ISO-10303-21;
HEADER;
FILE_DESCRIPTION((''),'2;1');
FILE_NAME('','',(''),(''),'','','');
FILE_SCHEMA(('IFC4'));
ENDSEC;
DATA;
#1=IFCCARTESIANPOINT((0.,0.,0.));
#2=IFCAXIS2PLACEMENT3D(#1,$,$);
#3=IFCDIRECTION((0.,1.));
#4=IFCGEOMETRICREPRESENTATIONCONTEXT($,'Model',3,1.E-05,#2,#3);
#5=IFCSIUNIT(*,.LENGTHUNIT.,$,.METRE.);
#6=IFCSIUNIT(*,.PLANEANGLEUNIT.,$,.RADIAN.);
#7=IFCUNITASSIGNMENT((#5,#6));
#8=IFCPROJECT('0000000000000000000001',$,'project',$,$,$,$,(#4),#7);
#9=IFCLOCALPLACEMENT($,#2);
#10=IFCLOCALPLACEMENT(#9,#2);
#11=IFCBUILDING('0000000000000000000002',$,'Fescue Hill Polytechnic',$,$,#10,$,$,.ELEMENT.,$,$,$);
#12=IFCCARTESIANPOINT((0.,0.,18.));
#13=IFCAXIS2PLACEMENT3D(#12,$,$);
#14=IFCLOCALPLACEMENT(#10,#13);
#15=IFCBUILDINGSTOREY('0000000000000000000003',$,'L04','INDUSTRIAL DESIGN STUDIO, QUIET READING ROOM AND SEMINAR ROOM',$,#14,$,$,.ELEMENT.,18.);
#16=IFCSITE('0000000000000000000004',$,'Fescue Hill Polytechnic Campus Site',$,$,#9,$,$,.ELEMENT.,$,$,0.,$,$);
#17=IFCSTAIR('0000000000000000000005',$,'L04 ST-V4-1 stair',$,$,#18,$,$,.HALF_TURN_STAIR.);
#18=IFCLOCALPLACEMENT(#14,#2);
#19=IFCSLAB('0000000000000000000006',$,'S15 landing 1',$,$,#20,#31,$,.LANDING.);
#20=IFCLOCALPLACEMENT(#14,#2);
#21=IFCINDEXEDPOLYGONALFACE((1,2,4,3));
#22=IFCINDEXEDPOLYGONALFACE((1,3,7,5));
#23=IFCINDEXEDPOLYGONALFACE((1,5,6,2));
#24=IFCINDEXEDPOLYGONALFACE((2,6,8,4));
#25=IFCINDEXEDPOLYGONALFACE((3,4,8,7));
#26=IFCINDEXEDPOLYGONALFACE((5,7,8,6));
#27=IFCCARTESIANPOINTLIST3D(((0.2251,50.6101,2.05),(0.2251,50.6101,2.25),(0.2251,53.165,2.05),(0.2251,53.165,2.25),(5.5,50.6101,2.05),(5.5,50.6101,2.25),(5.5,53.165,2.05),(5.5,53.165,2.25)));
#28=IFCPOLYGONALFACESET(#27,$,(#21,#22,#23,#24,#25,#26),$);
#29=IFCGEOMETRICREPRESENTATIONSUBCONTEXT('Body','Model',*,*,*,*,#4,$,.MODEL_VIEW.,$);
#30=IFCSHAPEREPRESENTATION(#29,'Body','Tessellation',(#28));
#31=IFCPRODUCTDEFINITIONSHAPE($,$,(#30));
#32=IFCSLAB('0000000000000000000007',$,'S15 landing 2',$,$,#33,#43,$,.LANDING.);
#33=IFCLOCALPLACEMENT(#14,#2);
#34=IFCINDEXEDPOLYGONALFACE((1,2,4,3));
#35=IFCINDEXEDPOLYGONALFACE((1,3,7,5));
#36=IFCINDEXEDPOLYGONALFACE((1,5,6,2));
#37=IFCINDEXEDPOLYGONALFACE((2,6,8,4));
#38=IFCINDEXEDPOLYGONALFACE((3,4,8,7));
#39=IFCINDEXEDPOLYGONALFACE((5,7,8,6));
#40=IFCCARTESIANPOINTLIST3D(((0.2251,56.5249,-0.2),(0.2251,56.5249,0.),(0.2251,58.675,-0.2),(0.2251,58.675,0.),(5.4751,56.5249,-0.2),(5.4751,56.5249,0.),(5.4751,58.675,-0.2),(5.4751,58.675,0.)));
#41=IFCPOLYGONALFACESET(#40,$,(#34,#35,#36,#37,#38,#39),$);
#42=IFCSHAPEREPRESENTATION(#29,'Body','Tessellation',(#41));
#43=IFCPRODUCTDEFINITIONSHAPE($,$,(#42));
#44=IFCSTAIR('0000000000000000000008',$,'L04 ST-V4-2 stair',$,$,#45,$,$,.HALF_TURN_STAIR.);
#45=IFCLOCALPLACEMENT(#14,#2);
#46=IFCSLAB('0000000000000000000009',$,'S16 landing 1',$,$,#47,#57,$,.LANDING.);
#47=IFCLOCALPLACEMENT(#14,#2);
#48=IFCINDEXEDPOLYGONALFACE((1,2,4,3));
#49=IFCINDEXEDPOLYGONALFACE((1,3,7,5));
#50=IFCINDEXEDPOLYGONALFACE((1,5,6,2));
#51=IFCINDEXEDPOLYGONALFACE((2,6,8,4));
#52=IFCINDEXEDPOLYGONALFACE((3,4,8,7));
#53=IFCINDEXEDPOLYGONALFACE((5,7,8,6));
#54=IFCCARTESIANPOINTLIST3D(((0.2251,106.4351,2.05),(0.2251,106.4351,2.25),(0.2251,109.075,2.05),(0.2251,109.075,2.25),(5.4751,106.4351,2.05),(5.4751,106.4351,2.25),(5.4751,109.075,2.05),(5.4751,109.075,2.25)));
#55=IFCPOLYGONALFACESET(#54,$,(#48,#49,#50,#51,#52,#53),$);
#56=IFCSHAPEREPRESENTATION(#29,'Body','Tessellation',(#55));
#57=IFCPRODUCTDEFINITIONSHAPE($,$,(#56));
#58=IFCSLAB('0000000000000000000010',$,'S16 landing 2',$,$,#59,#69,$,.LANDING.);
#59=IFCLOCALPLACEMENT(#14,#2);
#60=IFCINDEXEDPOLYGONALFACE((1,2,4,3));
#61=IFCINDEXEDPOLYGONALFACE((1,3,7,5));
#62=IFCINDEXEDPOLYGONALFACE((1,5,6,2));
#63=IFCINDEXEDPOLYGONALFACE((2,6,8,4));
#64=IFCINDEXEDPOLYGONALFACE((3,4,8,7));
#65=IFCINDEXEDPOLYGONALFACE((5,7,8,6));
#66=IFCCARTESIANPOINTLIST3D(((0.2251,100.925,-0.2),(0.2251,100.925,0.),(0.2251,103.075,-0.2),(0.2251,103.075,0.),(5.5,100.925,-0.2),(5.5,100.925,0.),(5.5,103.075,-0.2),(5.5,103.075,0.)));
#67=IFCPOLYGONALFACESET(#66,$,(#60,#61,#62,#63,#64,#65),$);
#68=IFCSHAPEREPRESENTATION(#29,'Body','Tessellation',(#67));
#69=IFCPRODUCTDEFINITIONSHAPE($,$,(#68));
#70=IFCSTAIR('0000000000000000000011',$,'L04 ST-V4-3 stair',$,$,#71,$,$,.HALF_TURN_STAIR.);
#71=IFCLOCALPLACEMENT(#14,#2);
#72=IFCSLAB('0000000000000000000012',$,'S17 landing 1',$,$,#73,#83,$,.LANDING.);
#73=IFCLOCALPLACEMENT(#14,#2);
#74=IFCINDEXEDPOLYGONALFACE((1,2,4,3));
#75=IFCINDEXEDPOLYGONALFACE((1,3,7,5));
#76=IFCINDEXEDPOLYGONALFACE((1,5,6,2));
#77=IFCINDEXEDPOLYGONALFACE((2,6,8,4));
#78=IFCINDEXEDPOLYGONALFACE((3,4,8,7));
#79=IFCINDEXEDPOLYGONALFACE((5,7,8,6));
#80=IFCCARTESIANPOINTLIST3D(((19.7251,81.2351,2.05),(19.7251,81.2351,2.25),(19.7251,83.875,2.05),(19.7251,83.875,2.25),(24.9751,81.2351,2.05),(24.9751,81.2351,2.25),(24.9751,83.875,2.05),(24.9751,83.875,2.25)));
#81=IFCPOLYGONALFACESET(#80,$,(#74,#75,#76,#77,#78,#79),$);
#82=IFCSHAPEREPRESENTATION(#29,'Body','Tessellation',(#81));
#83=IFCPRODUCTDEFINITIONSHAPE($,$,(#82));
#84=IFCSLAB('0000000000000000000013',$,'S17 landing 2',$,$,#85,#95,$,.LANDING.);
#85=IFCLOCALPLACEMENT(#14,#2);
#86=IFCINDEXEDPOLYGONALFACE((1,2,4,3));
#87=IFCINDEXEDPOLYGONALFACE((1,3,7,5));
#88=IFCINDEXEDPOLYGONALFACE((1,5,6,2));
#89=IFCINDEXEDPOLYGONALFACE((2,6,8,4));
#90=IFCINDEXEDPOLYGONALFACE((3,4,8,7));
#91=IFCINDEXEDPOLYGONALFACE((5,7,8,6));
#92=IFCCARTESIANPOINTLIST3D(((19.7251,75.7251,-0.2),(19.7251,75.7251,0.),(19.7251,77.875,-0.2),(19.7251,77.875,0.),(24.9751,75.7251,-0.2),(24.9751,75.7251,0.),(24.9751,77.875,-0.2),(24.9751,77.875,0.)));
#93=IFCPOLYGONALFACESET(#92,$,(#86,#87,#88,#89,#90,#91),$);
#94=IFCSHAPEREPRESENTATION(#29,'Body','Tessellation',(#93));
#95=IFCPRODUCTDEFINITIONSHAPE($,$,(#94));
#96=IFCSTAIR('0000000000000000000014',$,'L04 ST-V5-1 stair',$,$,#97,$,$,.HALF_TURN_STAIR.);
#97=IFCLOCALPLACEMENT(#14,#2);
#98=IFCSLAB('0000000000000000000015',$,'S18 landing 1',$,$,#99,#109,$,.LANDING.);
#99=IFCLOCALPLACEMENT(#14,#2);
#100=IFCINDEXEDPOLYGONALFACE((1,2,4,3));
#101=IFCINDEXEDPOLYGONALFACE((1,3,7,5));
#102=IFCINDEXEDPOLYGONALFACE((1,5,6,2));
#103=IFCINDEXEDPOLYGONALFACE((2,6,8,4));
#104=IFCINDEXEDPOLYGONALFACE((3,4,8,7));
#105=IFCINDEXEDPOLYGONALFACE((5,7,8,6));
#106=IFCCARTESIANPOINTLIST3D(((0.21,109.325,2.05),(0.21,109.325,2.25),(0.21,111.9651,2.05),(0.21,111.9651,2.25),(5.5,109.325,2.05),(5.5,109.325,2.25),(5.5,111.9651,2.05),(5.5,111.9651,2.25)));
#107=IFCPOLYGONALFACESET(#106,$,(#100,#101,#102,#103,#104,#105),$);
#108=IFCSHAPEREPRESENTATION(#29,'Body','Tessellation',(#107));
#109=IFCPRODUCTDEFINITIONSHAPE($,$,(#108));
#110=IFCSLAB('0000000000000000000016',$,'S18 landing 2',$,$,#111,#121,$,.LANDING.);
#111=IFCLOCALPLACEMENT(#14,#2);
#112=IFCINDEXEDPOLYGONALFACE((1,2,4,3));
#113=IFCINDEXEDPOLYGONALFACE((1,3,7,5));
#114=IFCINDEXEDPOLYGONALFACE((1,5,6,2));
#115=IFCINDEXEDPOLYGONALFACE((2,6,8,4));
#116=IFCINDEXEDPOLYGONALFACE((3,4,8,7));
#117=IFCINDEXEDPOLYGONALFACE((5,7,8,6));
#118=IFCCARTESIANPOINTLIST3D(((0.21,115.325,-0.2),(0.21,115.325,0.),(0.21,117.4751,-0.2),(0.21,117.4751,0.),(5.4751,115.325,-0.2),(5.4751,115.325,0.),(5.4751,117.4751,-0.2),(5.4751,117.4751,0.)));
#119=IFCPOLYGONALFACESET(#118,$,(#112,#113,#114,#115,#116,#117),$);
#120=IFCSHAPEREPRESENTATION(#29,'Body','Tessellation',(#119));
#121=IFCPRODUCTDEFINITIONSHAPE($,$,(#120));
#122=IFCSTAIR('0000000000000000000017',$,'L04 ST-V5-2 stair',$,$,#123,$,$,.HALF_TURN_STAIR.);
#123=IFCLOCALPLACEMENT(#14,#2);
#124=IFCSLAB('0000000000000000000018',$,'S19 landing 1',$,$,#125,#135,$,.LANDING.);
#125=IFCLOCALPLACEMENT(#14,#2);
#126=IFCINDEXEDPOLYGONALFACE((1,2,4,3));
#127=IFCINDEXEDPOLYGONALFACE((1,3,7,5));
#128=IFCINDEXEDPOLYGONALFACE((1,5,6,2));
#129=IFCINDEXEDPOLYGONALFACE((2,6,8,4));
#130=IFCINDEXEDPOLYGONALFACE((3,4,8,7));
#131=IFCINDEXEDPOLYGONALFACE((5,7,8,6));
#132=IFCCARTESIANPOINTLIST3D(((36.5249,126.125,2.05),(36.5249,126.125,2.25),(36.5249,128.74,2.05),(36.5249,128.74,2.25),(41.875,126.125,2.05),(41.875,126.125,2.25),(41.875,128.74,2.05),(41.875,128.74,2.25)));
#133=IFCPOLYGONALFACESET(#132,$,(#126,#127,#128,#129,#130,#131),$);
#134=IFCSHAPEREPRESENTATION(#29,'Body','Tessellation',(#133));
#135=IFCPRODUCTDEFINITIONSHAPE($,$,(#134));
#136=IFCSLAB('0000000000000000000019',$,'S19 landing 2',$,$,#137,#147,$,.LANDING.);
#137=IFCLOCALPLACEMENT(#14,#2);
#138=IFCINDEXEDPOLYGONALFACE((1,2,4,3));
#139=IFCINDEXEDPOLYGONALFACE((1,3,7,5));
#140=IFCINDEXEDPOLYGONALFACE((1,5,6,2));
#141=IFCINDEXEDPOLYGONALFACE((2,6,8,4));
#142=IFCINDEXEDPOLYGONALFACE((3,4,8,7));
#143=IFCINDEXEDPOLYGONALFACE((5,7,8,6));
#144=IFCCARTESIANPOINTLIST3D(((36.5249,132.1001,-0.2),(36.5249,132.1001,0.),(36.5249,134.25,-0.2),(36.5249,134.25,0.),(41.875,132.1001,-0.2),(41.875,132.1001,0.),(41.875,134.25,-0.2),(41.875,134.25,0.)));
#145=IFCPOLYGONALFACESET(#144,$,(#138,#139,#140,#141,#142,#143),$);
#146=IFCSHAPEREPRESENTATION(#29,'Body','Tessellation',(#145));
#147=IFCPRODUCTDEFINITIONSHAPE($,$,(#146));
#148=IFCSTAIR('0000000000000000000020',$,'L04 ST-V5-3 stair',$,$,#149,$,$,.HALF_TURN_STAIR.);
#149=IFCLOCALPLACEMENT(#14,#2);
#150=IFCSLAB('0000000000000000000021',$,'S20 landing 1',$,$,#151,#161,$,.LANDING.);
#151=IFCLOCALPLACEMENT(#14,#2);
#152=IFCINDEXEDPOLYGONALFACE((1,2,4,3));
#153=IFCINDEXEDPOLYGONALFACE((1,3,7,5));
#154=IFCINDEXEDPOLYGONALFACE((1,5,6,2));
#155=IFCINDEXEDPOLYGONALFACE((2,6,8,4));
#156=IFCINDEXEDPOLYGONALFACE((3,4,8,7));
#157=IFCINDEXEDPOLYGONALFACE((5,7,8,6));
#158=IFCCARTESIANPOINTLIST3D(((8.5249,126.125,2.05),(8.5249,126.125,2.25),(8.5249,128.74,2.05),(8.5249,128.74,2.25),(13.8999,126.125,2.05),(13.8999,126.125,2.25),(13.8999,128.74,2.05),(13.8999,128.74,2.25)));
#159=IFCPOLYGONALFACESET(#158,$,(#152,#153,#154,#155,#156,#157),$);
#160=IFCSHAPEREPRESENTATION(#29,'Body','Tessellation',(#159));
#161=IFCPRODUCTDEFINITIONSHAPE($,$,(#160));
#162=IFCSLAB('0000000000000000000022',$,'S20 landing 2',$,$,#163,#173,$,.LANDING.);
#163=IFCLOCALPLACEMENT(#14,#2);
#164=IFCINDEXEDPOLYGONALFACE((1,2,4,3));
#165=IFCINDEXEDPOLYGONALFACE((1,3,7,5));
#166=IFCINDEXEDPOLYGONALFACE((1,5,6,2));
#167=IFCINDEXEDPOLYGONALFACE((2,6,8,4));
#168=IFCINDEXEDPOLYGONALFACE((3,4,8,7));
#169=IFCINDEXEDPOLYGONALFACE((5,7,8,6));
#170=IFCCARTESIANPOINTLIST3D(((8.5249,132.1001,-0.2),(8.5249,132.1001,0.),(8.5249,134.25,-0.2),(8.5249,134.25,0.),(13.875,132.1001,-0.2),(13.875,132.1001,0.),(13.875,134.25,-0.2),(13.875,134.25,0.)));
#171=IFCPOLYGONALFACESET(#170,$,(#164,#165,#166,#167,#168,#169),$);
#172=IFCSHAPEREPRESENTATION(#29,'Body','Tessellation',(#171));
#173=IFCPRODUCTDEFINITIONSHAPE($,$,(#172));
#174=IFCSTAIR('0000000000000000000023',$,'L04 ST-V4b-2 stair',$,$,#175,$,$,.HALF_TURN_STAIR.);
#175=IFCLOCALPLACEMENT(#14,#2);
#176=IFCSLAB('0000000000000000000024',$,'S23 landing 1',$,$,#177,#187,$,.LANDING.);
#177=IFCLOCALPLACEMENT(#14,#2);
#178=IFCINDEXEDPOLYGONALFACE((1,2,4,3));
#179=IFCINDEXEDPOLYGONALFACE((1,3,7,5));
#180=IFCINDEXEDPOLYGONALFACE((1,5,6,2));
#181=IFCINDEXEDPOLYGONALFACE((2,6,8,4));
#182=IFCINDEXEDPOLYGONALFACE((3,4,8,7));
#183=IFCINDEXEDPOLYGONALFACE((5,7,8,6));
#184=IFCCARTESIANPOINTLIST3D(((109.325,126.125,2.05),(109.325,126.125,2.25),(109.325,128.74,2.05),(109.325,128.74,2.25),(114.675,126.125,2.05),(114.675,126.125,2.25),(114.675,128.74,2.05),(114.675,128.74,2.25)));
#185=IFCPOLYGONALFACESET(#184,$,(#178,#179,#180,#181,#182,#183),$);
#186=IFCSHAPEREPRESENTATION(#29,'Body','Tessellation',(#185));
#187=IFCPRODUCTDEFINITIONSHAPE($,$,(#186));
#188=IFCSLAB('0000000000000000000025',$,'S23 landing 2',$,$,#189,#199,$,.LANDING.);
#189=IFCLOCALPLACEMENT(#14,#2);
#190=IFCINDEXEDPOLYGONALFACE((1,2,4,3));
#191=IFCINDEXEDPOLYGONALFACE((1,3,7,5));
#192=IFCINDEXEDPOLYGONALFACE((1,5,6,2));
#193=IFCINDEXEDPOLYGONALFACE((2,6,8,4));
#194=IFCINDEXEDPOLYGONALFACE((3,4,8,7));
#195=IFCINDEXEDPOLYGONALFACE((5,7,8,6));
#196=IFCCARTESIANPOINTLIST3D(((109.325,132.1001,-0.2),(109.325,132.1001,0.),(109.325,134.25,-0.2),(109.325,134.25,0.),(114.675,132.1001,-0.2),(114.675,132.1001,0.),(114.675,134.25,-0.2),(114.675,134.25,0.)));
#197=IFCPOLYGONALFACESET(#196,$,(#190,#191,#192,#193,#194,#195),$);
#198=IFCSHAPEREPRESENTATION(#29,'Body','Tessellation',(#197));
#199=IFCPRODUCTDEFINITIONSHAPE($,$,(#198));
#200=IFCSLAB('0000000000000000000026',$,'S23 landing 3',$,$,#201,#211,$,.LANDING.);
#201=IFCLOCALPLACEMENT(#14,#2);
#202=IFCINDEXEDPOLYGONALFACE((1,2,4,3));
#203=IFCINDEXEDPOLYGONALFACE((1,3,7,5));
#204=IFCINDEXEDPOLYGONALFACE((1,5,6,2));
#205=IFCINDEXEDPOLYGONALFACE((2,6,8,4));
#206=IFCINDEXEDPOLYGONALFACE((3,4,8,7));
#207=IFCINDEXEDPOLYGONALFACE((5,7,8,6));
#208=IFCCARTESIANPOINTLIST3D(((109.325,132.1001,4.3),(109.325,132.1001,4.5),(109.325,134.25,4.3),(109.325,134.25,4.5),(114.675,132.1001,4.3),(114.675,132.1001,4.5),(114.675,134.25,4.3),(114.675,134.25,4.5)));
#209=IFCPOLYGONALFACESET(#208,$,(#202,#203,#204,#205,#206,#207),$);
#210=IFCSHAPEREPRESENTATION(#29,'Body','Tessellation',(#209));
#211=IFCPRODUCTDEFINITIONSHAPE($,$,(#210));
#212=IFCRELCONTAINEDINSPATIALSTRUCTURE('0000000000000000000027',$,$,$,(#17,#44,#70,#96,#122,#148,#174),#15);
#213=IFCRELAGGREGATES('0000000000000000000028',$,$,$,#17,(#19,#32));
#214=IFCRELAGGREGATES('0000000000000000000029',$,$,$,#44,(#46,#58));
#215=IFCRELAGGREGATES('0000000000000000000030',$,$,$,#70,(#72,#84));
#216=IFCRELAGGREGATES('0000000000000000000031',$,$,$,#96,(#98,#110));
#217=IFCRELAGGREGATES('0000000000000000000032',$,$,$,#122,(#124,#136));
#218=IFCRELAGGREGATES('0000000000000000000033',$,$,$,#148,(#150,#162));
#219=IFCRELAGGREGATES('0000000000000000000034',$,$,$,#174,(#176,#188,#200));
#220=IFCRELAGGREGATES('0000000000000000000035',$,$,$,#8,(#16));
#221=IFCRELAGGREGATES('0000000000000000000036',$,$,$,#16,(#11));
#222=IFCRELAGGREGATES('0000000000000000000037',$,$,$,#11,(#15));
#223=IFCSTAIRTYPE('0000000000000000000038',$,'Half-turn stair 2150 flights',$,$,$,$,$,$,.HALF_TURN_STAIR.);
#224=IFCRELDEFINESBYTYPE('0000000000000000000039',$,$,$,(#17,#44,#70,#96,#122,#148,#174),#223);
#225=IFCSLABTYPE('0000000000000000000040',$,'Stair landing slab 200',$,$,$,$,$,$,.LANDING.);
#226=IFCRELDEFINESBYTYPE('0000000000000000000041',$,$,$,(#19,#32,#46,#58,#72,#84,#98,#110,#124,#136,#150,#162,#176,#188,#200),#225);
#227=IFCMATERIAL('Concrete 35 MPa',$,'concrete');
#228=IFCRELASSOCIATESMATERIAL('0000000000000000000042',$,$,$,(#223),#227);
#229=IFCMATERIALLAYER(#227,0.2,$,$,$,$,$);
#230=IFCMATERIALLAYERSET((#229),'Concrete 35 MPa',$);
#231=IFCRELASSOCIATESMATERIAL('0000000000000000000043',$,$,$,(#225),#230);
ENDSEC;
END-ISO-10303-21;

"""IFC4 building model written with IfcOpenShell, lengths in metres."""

from ifc_helpers import new_model, si_unit, direction, frame, origin, place, context, subcontext, project, spatial, polyline, outline, extrude, material, layer, layer_set, type_object, element, aggregate, save


model = new_model("IFC4")

# Units and contexts
model_context = context("Model", 3, precision=1e-05, world=origin(), true_north=direction((0.0, 1.0)))
body_context = subcontext(model_context, "Body", "Model", "MODEL_VIEW")
ifc_project = project(units=[si_unit("LENGTHUNIT", "METRE"), si_unit("PLANEANGLEUNIT", "RADIAN")], contexts=[model_context])

# Site, building, storey
site_placement = place(None, origin())
site = spatial("IfcSite", under=ifc_project, at=site_placement, Name="Fescue Hill Polytechnic Campus Site", CompositionType="ELEMENT", RefElevation=0.0)
building_placement = place(site_placement, origin())
building = spatial("IfcBuilding", under=site, at=building_placement, Name="Fescue Hill Polytechnic", CompositionType="ELEMENT")
storey_placement = place(building_placement, frame((0.0, 0.0, 18.0)))
storey = spatial("IfcBuildingStorey", under=building, at=storey_placement, Name="L04", Description="INDUSTRIAL DESIGN STUDIO, QUIET READING ROOM AND SEMINAR ROOM", CompositionType="ELEMENT", Elevation=18.0)

# Shared definitions
ifc_material_1 = material(Name="Concrete 35 MPa", Category="concrete")

# Stairs, slabs
stair_type = type_object("IfcStairType", Name="Half-turn stair 2150 flights", PredefinedType="HALF_TURN_STAIR", material=ifc_material_1)
stair_1_placement = place(storey_placement, origin())
stair_1 = element("IfcStair", 1, at=stair_1_placement, inside=storey, type_object=stair_type, Name="L04 ST-V4-1 stair", PredefinedType="HALF_TURN_STAIR")
ifc_layer_1 = layer(ifc_material_1, 0.2)
ifc_layer_set_1 = layer_set([ifc_layer_1], Name="Concrete 35 MPa")
slab_type_1 = type_object("IfcSlabType", Name="Stair landing slab 200", PredefinedType="LANDING", material=ifc_layer_set_1)
slab_1_placement = place(storey_placement, frame((0.0, 0.0, 2.05)))
slab_1 = element("IfcSlab", 2, at=slab_1_placement, type_object=slab_type_1, Name="S15 landing 1", PredefinedType="LANDING", context=body_context, shape_type="SweptSolid", body=[
    extrude(outline(polyline([(0.2251, 50.6101), (5.5, 50.6101), (5.5, 53.165), (0.2251, 53.165), (0.2251, 50.6101)])), origin(), (0.0, 0.0, 1.0), 0.2),
])
slab_2_placement = place(storey_placement, frame((0.0, 0.0, -0.2)))
slab_2 = element("IfcSlab", 3, at=slab_2_placement, type_object=slab_type_1, Name="S15 landing 2", PredefinedType="LANDING", context=body_context, shape_type="SweptSolid", body=[
    extrude(outline(polyline([(0.2251, 56.5249), (5.4751, 56.5249), (5.4751, 58.675), (0.2251, 58.675), (0.2251, 56.5249)])), origin(), (0.0, 0.0, 1.0), 0.2),
])
aggregate(stair_1, [slab_1, slab_2])
stair_2_placement = place(storey_placement, origin())
stair_2 = element("IfcStair", 4, at=stair_2_placement, inside=storey, type_object=stair_type, Name="L04 ST-V4-2 stair", PredefinedType="HALF_TURN_STAIR")
slab_3_placement = place(storey_placement, frame((0.0, 0.0, 2.05)))
slab_3 = element("IfcSlab", 5, at=slab_3_placement, type_object=slab_type_1, Name="S16 landing 1", PredefinedType="LANDING", context=body_context, shape_type="SweptSolid", body=[
    extrude(outline(polyline([(0.2251, 106.4351), (5.4751, 106.4351), (5.4751, 109.075), (0.2251, 109.075), (0.2251, 106.4351)])), origin(), (0.0, 0.0, 1.0), 0.2),
])
slab_4_placement = place(storey_placement, frame((0.0, 0.0, -0.2)))
slab_4 = element("IfcSlab", 6, at=slab_4_placement, type_object=slab_type_1, Name="S16 landing 2", PredefinedType="LANDING", context=body_context, shape_type="SweptSolid", body=[
    extrude(outline(polyline([(0.2251, 100.925), (5.5, 100.925), (5.5, 103.075), (0.2251, 103.075), (0.2251, 100.925)])), origin(), (0.0, 0.0, 1.0), 0.2),
])
aggregate(stair_2, [slab_3, slab_4])
stair_3_placement = place(storey_placement, origin())
stair_3 = element("IfcStair", 7, at=stair_3_placement, inside=storey, type_object=stair_type, Name="L04 ST-V4-3 stair", PredefinedType="HALF_TURN_STAIR")
slab_5_placement = place(storey_placement, frame((0.0, 0.0, 2.05)))
slab_5 = element("IfcSlab", 8, at=slab_5_placement, type_object=slab_type_1, Name="S17 landing 1", PredefinedType="LANDING", context=body_context, shape_type="SweptSolid", body=[
    extrude(outline(polyline([(19.7251, 81.2351), (24.9751, 81.2351), (24.9751, 83.875), (19.7251, 83.875), (19.7251, 81.2351)])), origin(), (0.0, 0.0, 1.0), 0.2),
])
slab_6_placement = place(storey_placement, frame((0.0, 0.0, -0.2)))
slab_6 = element("IfcSlab", 9, at=slab_6_placement, type_object=slab_type_1, Name="S17 landing 2", PredefinedType="LANDING", context=body_context, shape_type="SweptSolid", body=[
    extrude(outline(polyline([(19.7251, 75.7251), (24.9751, 75.7251), (24.9751, 77.875), (19.7251, 77.875), (19.7251, 75.7251)])), origin(), (0.0, 0.0, 1.0), 0.2),
])
aggregate(stair_3, [slab_5, slab_6])
stair_4_placement = place(storey_placement, origin())
stair_4 = element("IfcStair", 10, at=stair_4_placement, inside=storey, type_object=stair_type, Name="L04 ST-V5-1 stair", PredefinedType="HALF_TURN_STAIR")
slab_7_placement = place(storey_placement, frame((0.0, 0.0, 2.05)))
slab_7 = element("IfcSlab", 11, at=slab_7_placement, type_object=slab_type_1, Name="S18 landing 1", PredefinedType="LANDING", context=body_context, shape_type="SweptSolid", body=[
    extrude(outline(polyline([(0.21, 109.325), (5.5, 109.325), (5.5, 111.9651), (0.21, 111.9651), (0.21, 109.325)])), origin(), (0.0, 0.0, 1.0), 0.2),
])
slab_8_placement = place(storey_placement, frame((0.0, 0.0, -0.2)))
slab_8 = element("IfcSlab", 12, at=slab_8_placement, type_object=slab_type_1, Name="S18 landing 2", PredefinedType="LANDING", context=body_context, shape_type="SweptSolid", body=[
    extrude(outline(polyline([(0.21, 115.325), (5.4751, 115.325), (5.4751, 117.4751), (0.21, 117.4751), (0.21, 115.325)])), origin(), (0.0, 0.0, 1.0), 0.2),
])
aggregate(stair_4, [slab_7, slab_8])
stair_5_placement = place(storey_placement, origin())
stair_5 = element("IfcStair", 13, at=stair_5_placement, inside=storey, type_object=stair_type, Name="L04 ST-V5-2 stair", PredefinedType="HALF_TURN_STAIR")
slab_9_placement = place(storey_placement, frame((0.0, 0.0, 2.05)))
slab_9 = element("IfcSlab", 14, at=slab_9_placement, type_object=slab_type_1, Name="S19 landing 1", PredefinedType="LANDING", context=body_context, shape_type="SweptSolid", body=[
    extrude(outline(polyline([(36.5249, 126.125), (41.875, 126.125), (41.875, 128.74), (36.5249, 128.74), (36.5249, 126.125)])), origin(), (0.0, 0.0, 1.0), 0.2),
])
slab_10_placement = place(storey_placement, frame((0.0, 0.0, -0.2)))
slab_10 = element("IfcSlab", 15, at=slab_10_placement, type_object=slab_type_1, Name="S19 landing 2", PredefinedType="LANDING", context=body_context, shape_type="SweptSolid", body=[
    extrude(outline(polyline([(36.5249, 132.1001), (41.875, 132.1001), (41.875, 134.25), (36.5249, 134.25), (36.5249, 132.1001)])), origin(), (0.0, 0.0, 1.0), 0.2),
])
aggregate(stair_5, [slab_9, slab_10])
stair_6_placement = place(storey_placement, origin())
stair_6 = element("IfcStair", 16, at=stair_6_placement, inside=storey, type_object=stair_type, Name="L04 ST-V5-3 stair", PredefinedType="HALF_TURN_STAIR")
slab_11_placement = place(storey_placement, frame((0.0, 0.0, 2.05)))
slab_11 = element("IfcSlab", 17, at=slab_11_placement, type_object=slab_type_1, Name="S20 landing 1", PredefinedType="LANDING", context=body_context, shape_type="SweptSolid", body=[
    extrude(outline(polyline([(8.5249, 126.125), (13.8999, 126.125), (13.8999, 128.74), (8.5249, 128.74), (8.5249, 126.125)])), origin(), (0.0, 0.0, 1.0), 0.2),
])
slab_12_placement = place(storey_placement, frame((0.0, 0.0, -0.2)))
slab_12 = element("IfcSlab", 18, at=slab_12_placement, type_object=slab_type_1, Name="S20 landing 2", PredefinedType="LANDING", context=body_context, shape_type="SweptSolid", body=[
    extrude(outline(polyline([(8.5249, 132.1001), (13.875, 132.1001), (13.875, 134.25), (8.5249, 134.25), (8.5249, 132.1001)])), origin(), (0.0, 0.0, 1.0), 0.2),
])
aggregate(stair_6, [slab_11, slab_12])
stair_7_placement = place(storey_placement, origin())
stair_7 = element("IfcStair", 19, at=stair_7_placement, inside=storey, type_object=stair_type, Name="L04 ST-V4b-2 stair", PredefinedType="HALF_TURN_STAIR")
slab_13_placement = place(storey_placement, frame((0.0, 0.0, 2.05)))
slab_13 = element("IfcSlab", 20, at=slab_13_placement, type_object=slab_type_1, Name="S23 landing 1", PredefinedType="LANDING", context=body_context, shape_type="SweptSolid", body=[
    extrude(outline(polyline([(109.325, 126.125), (114.675, 126.125), (114.675, 128.74), (109.325, 128.74), (109.325, 126.125)])), origin(), (0.0, 0.0, 1.0), 0.2),
])
slab_14_placement = place(storey_placement, frame((0.0, 0.0, -0.2)))
slab_14 = element("IfcSlab", 21, at=slab_14_placement, type_object=slab_type_1, Name="S23 landing 2", PredefinedType="LANDING", context=body_context, shape_type="SweptSolid", body=[
    extrude(outline(polyline([(109.325, 132.1001), (114.675, 132.1001), (114.675, 134.25), (109.325, 134.25), (109.325, 132.1001)])), origin(), (0.0, 0.0, 1.0), 0.2),
])
slab_15_placement = place(storey_placement, frame((0.0, 0.0, 4.3)))
slab_15 = element("IfcSlab", 22, at=slab_15_placement, type_object=slab_type_1, Name="S23 landing 3", PredefinedType="LANDING", context=body_context, shape_type="SweptSolid", body=[
    extrude(outline(polyline([(109.325, 132.1001), (114.675, 132.1001), (114.675, 134.25), (109.325, 134.25), (109.325, 132.1001)])), origin(), (0.0, 0.0, 1.0), 0.2),
])
aggregate(stair_7, [slab_13, slab_14, slab_15])

save(model, "model.ifc")
